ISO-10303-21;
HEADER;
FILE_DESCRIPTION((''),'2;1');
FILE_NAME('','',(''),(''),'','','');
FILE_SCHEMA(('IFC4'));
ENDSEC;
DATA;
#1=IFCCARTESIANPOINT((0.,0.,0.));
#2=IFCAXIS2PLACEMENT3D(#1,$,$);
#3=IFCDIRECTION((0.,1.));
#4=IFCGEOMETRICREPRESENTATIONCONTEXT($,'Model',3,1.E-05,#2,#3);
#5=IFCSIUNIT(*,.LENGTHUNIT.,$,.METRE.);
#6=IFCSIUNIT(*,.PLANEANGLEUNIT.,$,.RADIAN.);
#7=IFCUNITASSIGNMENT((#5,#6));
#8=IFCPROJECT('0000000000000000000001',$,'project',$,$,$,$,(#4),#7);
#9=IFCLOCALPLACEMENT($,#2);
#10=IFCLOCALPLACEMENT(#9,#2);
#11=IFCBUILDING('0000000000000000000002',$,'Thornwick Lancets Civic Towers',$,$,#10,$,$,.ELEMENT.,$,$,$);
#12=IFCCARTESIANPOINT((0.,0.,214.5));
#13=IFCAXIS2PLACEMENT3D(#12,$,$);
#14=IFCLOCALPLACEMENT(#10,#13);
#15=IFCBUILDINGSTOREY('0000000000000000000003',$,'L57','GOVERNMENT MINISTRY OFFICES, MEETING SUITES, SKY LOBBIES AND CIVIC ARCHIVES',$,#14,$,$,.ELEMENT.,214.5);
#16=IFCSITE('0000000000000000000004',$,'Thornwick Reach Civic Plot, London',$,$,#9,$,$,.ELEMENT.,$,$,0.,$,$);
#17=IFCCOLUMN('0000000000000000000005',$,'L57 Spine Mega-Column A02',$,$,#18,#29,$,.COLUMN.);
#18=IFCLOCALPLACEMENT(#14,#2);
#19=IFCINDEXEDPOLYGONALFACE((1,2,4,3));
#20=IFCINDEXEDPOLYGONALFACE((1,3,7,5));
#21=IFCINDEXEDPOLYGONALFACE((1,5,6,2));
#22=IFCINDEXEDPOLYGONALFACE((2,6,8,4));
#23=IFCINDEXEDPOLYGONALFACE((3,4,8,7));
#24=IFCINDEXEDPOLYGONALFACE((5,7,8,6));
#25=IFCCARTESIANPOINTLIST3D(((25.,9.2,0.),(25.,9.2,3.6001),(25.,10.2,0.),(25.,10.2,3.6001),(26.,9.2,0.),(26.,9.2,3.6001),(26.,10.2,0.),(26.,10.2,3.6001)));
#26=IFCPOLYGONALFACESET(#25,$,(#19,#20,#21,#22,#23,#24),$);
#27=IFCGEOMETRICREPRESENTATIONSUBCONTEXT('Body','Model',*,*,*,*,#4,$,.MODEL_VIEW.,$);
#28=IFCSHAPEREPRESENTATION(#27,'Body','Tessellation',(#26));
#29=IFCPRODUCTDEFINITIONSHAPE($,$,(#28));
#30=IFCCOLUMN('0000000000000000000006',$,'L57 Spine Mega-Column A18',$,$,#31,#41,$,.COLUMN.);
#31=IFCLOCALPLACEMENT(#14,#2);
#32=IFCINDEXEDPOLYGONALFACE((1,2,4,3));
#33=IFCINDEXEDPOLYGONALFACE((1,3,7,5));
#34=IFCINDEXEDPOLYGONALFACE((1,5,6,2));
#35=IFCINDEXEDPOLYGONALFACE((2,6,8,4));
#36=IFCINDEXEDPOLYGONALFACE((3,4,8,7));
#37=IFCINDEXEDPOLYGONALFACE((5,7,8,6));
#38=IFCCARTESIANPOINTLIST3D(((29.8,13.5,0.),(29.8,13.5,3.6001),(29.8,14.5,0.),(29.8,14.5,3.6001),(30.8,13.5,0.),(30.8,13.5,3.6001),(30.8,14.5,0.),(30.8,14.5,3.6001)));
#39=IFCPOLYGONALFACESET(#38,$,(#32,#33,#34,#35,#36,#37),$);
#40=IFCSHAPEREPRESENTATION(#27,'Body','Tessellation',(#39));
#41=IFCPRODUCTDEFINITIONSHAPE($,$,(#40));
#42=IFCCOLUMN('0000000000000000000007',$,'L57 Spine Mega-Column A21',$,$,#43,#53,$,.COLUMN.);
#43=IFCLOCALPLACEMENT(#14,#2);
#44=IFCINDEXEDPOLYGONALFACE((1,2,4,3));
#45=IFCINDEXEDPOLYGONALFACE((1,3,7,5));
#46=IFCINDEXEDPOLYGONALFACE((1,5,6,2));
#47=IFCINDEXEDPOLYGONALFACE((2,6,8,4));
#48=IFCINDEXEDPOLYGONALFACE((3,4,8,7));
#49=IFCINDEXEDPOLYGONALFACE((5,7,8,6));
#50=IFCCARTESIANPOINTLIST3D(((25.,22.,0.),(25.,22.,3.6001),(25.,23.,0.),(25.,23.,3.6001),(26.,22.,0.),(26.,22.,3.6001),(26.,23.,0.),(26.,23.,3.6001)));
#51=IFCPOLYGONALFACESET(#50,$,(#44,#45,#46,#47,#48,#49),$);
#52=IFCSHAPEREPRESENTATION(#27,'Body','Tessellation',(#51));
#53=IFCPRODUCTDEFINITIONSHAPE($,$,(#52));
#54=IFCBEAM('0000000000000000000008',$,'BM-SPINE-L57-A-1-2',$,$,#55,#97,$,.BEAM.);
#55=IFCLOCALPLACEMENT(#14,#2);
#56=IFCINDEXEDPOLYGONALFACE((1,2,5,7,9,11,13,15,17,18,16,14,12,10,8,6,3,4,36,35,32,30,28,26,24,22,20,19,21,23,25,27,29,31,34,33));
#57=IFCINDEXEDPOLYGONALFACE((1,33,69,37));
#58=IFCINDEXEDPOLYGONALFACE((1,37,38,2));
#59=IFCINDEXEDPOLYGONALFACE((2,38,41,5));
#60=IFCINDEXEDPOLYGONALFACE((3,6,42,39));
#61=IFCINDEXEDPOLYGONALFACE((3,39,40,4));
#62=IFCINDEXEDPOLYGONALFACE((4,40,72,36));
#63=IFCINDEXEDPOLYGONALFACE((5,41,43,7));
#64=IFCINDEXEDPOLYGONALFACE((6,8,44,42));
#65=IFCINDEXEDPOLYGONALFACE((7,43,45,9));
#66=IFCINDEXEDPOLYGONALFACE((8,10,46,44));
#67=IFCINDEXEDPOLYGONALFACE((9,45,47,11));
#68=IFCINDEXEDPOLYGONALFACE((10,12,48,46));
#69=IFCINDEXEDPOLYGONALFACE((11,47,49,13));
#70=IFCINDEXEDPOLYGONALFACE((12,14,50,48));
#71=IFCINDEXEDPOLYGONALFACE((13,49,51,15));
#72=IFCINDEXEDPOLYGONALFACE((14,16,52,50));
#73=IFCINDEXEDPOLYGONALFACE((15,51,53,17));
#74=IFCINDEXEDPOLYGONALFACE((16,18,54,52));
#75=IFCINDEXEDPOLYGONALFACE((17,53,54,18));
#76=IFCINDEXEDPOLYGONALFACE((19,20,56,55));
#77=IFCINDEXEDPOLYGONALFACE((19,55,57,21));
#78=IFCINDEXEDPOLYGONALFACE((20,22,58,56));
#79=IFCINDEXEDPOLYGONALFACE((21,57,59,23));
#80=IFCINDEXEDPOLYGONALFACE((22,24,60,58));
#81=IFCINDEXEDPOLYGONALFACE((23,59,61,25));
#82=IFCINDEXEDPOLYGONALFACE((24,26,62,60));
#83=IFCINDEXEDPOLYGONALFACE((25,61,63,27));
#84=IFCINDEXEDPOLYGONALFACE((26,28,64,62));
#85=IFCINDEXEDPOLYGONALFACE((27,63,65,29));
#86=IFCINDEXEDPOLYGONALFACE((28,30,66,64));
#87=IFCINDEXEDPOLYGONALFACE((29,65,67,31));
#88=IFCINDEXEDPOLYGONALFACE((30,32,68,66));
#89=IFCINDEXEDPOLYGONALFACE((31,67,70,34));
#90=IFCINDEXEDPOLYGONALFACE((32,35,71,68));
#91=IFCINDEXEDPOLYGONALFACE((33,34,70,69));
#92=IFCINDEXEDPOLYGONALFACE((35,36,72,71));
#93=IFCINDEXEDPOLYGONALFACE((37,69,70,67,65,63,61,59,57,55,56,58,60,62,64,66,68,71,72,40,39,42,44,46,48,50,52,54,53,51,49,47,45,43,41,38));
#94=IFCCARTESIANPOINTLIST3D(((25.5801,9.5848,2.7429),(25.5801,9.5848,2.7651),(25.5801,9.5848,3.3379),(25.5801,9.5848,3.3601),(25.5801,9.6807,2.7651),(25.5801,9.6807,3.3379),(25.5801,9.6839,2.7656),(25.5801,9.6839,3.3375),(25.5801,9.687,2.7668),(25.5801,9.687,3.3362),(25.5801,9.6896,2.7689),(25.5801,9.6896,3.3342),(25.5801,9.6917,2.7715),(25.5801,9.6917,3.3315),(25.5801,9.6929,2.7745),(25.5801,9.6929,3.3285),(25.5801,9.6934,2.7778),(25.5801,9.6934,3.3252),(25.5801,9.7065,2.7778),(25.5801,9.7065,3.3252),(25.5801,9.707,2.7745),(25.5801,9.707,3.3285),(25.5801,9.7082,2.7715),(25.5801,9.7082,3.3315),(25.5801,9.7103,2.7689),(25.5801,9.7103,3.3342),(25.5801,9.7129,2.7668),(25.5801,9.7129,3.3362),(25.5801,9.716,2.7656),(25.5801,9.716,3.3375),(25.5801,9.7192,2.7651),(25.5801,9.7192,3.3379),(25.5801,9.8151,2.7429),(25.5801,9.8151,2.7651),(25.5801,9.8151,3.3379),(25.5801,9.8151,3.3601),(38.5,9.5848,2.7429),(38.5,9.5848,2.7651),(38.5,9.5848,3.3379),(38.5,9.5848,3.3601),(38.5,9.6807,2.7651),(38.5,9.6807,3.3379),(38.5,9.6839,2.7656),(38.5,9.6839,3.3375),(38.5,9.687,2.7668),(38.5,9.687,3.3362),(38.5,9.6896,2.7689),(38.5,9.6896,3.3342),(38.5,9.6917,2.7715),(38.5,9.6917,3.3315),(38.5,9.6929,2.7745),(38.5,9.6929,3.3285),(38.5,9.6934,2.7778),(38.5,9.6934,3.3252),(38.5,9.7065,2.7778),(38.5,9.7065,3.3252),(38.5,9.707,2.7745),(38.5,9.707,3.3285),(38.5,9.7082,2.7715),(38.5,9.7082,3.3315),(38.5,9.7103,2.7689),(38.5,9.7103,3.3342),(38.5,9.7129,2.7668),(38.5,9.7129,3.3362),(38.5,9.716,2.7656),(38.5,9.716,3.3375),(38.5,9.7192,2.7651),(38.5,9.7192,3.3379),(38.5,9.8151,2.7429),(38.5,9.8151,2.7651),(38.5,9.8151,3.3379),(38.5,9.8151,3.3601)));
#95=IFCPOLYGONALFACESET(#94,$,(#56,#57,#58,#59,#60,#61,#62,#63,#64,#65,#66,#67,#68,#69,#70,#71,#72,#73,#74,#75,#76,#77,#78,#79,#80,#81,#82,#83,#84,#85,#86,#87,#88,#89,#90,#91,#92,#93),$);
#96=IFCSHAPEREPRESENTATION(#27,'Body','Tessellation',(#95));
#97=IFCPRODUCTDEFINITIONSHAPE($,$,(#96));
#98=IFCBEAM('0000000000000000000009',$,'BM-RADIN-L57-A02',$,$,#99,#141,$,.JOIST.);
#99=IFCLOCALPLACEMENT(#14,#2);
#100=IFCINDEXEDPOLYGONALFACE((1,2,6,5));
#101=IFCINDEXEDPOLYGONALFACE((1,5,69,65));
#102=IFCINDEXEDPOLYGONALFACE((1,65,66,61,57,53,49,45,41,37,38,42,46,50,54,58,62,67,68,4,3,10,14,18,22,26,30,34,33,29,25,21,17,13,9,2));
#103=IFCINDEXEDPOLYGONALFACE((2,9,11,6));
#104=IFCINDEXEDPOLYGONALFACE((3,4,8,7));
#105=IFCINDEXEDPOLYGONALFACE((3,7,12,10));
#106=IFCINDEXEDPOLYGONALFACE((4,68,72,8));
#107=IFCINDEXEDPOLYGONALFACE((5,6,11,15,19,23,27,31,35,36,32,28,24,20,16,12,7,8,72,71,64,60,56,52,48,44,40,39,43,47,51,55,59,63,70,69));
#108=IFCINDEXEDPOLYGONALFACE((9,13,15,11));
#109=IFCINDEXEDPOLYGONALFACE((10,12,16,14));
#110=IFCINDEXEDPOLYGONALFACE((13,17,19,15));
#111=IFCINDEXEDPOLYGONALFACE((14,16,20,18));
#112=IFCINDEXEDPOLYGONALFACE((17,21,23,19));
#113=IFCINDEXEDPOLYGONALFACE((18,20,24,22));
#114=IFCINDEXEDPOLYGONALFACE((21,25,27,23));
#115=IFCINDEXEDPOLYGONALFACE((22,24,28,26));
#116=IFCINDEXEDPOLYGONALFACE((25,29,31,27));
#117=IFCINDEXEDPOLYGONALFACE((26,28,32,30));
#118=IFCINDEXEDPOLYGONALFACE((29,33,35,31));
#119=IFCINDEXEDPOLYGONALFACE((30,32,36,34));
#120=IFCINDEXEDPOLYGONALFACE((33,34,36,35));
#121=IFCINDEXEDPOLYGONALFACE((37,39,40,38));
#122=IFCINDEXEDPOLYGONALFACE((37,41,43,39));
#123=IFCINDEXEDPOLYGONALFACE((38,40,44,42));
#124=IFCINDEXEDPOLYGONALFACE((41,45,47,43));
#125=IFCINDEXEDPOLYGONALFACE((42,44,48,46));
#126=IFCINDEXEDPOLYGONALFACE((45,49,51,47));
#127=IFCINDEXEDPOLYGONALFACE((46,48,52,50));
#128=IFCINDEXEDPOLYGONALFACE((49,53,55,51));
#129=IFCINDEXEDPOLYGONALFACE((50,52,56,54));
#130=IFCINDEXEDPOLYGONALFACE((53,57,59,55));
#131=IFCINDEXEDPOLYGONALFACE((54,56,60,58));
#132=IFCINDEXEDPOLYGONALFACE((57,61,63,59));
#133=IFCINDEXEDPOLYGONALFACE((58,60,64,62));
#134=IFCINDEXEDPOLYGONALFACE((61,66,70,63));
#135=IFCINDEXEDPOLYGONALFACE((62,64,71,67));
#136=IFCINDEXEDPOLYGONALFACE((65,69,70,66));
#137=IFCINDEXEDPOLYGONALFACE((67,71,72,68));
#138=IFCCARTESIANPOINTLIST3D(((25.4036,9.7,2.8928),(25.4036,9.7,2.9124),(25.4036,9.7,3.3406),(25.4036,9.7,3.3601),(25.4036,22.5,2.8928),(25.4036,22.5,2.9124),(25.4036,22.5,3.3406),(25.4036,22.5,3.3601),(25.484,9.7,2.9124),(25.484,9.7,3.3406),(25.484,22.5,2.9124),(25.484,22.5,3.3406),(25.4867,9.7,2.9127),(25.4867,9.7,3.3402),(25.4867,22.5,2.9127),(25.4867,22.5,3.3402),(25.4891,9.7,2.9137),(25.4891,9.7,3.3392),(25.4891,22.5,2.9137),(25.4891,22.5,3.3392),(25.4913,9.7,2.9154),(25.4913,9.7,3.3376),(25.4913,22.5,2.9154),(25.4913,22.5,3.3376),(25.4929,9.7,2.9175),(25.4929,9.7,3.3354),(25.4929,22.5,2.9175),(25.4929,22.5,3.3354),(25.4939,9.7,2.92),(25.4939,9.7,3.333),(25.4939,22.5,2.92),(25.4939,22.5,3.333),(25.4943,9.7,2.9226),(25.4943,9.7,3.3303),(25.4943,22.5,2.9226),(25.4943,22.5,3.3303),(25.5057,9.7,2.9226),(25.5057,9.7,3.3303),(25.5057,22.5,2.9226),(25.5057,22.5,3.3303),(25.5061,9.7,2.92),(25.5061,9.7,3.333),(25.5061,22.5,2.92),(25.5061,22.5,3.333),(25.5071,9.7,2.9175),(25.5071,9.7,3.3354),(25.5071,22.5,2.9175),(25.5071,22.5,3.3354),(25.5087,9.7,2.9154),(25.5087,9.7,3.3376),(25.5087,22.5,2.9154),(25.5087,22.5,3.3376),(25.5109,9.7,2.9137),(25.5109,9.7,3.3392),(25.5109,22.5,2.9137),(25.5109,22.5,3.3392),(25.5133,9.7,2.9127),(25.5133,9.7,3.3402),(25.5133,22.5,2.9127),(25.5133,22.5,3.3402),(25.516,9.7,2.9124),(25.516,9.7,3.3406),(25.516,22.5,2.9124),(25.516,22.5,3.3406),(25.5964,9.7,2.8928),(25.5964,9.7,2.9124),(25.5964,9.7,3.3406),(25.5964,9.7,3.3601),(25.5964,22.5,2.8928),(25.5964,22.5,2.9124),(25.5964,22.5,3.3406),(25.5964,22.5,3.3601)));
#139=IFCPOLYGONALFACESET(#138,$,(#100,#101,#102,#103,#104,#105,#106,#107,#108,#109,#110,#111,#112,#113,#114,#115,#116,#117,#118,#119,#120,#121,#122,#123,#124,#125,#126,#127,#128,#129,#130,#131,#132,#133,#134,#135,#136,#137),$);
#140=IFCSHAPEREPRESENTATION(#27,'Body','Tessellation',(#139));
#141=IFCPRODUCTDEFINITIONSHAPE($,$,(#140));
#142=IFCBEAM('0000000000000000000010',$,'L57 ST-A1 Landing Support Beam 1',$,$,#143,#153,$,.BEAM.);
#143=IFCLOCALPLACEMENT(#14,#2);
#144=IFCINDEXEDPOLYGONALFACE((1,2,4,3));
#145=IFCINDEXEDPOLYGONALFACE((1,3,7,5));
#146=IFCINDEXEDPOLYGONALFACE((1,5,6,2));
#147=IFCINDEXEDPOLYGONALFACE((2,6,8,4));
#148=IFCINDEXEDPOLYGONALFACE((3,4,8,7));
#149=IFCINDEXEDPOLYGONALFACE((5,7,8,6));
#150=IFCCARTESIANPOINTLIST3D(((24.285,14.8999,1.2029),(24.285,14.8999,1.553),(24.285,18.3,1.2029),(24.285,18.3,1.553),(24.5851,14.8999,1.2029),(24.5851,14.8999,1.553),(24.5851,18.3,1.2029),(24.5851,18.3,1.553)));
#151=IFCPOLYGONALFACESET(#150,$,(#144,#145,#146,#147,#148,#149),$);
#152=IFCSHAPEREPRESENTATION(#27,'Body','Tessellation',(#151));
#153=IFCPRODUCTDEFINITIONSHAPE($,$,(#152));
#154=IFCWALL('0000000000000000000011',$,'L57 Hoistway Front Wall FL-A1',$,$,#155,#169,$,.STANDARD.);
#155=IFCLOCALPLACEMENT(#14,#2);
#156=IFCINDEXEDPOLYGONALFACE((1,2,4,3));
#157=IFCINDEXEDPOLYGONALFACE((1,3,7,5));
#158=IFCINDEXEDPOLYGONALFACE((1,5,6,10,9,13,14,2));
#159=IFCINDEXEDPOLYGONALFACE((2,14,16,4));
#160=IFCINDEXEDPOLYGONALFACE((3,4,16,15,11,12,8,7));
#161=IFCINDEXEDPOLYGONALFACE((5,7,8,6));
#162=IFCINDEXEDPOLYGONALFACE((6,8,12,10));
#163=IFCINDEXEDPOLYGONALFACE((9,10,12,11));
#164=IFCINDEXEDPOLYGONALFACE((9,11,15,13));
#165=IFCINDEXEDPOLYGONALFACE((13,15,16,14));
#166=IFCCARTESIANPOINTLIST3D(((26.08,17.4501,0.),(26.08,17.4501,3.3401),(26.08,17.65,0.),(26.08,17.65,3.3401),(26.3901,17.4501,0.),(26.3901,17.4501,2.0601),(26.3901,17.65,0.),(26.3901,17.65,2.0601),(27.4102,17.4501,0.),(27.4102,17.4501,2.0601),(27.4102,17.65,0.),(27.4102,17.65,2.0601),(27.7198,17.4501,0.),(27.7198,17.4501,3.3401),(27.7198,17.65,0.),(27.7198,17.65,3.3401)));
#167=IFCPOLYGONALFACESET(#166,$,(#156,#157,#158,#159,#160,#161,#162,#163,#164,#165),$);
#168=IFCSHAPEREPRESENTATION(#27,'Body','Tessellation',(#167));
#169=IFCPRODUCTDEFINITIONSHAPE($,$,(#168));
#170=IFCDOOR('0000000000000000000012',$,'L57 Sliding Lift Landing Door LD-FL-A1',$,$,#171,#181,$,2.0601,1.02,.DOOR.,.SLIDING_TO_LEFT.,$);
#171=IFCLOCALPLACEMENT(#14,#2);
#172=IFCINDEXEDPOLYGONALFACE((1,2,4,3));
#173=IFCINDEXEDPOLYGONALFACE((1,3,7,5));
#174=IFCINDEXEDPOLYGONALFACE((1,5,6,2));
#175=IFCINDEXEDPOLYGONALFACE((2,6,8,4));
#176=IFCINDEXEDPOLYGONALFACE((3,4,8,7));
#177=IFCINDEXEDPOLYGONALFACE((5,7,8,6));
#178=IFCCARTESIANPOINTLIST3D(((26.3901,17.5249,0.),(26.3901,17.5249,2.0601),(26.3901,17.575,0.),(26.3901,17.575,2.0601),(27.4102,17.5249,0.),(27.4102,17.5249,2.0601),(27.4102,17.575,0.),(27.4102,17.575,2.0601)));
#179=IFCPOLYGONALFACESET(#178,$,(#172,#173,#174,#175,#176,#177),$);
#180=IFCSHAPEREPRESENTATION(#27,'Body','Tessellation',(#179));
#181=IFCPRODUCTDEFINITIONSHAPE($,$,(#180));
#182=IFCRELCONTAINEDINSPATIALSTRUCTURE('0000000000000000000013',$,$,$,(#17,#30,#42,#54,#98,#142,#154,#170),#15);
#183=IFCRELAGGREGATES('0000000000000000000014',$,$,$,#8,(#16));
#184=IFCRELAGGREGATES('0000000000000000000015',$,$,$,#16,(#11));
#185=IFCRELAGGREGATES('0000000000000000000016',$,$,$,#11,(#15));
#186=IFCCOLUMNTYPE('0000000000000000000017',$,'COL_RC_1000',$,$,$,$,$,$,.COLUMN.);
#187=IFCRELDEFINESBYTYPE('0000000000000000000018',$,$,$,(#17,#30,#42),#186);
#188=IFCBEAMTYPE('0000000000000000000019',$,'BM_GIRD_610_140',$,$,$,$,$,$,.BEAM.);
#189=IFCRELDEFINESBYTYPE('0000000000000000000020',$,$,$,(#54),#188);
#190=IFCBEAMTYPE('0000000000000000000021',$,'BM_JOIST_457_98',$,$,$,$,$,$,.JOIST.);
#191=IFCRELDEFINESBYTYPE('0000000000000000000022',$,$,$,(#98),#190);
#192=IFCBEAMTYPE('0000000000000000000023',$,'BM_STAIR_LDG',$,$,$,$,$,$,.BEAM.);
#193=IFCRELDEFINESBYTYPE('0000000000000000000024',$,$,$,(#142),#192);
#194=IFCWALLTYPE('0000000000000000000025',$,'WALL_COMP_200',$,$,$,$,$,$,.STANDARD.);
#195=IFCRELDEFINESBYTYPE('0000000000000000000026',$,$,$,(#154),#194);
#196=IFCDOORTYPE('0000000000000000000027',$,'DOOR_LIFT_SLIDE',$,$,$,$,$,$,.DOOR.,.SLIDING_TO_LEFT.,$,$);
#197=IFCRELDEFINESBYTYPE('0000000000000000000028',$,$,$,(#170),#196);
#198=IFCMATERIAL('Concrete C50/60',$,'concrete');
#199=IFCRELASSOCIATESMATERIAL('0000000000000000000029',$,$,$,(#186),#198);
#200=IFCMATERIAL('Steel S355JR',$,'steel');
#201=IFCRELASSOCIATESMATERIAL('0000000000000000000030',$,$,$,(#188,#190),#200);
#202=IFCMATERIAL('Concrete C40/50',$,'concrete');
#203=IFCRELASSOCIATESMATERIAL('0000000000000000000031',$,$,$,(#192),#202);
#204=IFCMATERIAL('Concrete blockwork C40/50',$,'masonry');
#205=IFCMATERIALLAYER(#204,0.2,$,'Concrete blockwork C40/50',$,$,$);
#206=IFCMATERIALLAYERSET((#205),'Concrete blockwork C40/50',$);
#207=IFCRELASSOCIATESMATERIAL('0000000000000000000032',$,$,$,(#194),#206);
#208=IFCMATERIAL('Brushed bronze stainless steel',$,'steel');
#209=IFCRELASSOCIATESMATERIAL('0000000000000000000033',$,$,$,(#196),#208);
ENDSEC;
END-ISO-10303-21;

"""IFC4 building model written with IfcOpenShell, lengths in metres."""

from ifc_helpers import new_model, si_unit, direction, frame, frame_2d, origin, origin_2d, place, context, subcontext, project, spatial, rectangle, i_section, extrude, material, layer, layer_set, material_profile, profile_set, type_object, element, fill, save


model = new_model("IFC4")

# Units and contexts
model_context = context("Model", 3, precision=1e-05, world=origin(), true_north=direction((0.0, 1.0)))
body_context = subcontext(model_context, "Body", "Model", "MODEL_VIEW")
ifc_project = project(units=[si_unit("LENGTHUNIT", "METRE"), si_unit("PLANEANGLEUNIT", "RADIAN")], contexts=[model_context])

# Site, building, storey
site_placement = place(None, origin())
site = spatial("IfcSite", under=ifc_project, at=site_placement, Name="Thornwick Reach Civic Plot, London", CompositionType="ELEMENT", RefElevation=0.0)
building_placement = place(site_placement, origin())
building = spatial("IfcBuilding", under=site, at=building_placement, Name="Thornwick Lancets Civic Towers", CompositionType="ELEMENT")
storey_placement = place(building_placement, frame((0.0, 0.0, 214.5)))
storey = spatial("IfcBuildingStorey", under=building, at=storey_placement, Name="L57", Description="GOVERNMENT MINISTRY OFFICES, MEETING SUITES, SKY LOBBIES AND CIVIC ARCHIVES", CompositionType="ELEMENT", Elevation=214.5)

# Columns
ifc_material_1 = material(Name="Concrete C50/60", Category="concrete")
ifc_material_profile_1 = material_profile(ifc_material_1, rectangle(XDim=1.0, YDim=1.0, at=origin_2d()), Name="RC 1000x1000")
ifc_profile_set_1 = profile_set([ifc_material_profile_1], Name="Concrete C50/60")
column_type = type_object("IfcColumnType", Name="COL_RC_1000", PredefinedType="COLUMN", material=ifc_profile_set_1)
for number, where, z_axis, x_axis, name in (
    (1, (25.5, 9.7, 0.0), (0.0, 0.0, 1.0), (1.0, 0.0, 0.0), "L57 Spine Mega-Column A02"),
    (2, (30.3, 14.0, 0.0), (0.0, 0.0, 1.0), (1.0, 0.0, 0.0), "L57 Spine Mega-Column A18"),
    (3, (25.5, 22.5, 0.0), (0.0, 0.0, 1.0), (1.0, 0.0, 0.0), "L57 Spine Mega-Column A21"),
):
    element("IfcColumn", number, at=place(storey_placement, frame(where, z_axis=z_axis, x_axis=x_axis)), inside=storey, type_object=column_type, Name=name, PredefinedType="COLUMN", context=body_context, shape_type="SweptSolid", body=[
        extrude(rectangle(XDim=1.0, YDim=1.0, at=origin_2d()), origin(), (0.0, 0.0, 1.0), 3.6001),
    ])

# Beams
ifc_material_2 = material(Name="Steel S355JR", Category="steel")
ifc_material_profile_2 = material_profile(ifc_material_2, i_section(OverallWidth=0.2302, OverallDepth=0.6172, WebThickness=0.0132, FlangeThickness=0.0222, FilletRadius=0.0127, at=origin_2d()), Name="UKB 610x229x140")
ifc_profile_set_2 = profile_set([ifc_material_profile_2], Name="Steel S355JR")
beam_type_1 = type_object("IfcBeamType", Name="BM_GIRD_610_140", PredefinedType="BEAM", material=ifc_profile_set_2)
beam_1_placement = place(storey_placement, frame((25.5801, 9.7, 3.0515), z_axis=(1.0, 0.0, 0.0), x_axis=(0.0, 1.0, 0.0)))
element("IfcBeam", 4, at=beam_1_placement, inside=storey, type_object=beam_type_1, Name="BM-SPINE-L57-A-1-2", PredefinedType="BEAM", context=body_context, shape_type="SweptSolid", body=[
    extrude(i_section(OverallWidth=0.2302, OverallDepth=0.6172, WebThickness=0.0132, FlangeThickness=0.0222, FilletRadius=0.0127, at=origin_2d()), origin(), (0.0, 0.0, 1.0), 12.9199),
])
ifc_material_profile_3 = material_profile(ifc_material_2, i_section(OverallWidth=0.1929, OverallDepth=0.4673, WebThickness=0.0115, FlangeThickness=0.0195, FilletRadius=0.0103, at=origin_2d()), Name="UKB 457x191x98")
ifc_profile_set_3 = profile_set([ifc_material_profile_3], Name="Steel S355JR")
beam_type_2 = type_object("IfcBeamType", Name="BM_JOIST_457_98", PredefinedType="JOIST", material=ifc_profile_set_3)
beam_2_placement = place(storey_placement, frame((25.5, 22.5, 3.1265), z_axis=(0.0, -1.0, 0.0), x_axis=(1.0, 0.0, 0.0)))
element("IfcBeam", 5, at=beam_2_placement, inside=storey, type_object=beam_type_2, Name="BM-RADIN-L57-A02", PredefinedType="JOIST", context=body_context, shape_type="SweptSolid", body=[
    extrude(i_section(OverallWidth=0.1929, OverallDepth=0.4673, WebThickness=0.0115, FlangeThickness=0.0195, FilletRadius=0.0103, at=origin_2d()), origin(), (0.0, 0.0, 1.0), 12.8),
])
ifc_material_3 = material(Name="Concrete C40/50", Category="concrete")
ifc_material_profile_4 = material_profile(ifc_material_3, rectangle(XDim=0.3, YDim=0.3501, at=origin_2d()), Name="RC 300x350")
ifc_profile_set_4 = profile_set([ifc_material_profile_4], Name="Concrete C40/50")
beam_type_3 = type_object("IfcBeamType", Name="BM_STAIR_LDG", PredefinedType="BEAM", material=ifc_profile_set_4)
beam_3_placement = place(storey_placement, frame((24.4351, 14.8999, 1.3779), z_axis=(0.0, 1.0, 0.0), x_axis=(-1.0, 0.0, 0.0)))
element("IfcBeam", 6, at=beam_3_placement, inside=storey, type_object=beam_type_3, Name="L57 ST-A1 Landing Support Beam 1", PredefinedType="BEAM", context=body_context, shape_type="SweptSolid", body=[
    extrude(rectangle(XDim=0.3, YDim=0.3501, at=origin_2d()), origin(), (0.0, 0.0, 1.0), 3.4001),
])

# Wall, opening, door
ifc_material_4 = material(Name="Concrete blockwork C40/50", Category="masonry")
ifc_layer_1 = layer(ifc_material_4, 0.2, Name="Concrete blockwork C40/50")
ifc_layer_set_1 = layer_set([ifc_layer_1], Name="Concrete blockwork C40/50")
wall_type_1 = type_object("IfcWallType", Name="WALL_COMP_200", PredefinedType="STANDARD", material=ifc_layer_set_1)
wall_1_placement = place(storey_placement, frame((26.0801, 17.55, 0.0), z_axis=(0.0, 0.0, 1.0), x_axis=(1.0, 0.0, 0.0)))
wall_1 = element("IfcWall", 7, at=wall_1_placement, inside=storey, type_object=wall_type_1, Name="L57 Hoistway Front Wall FL-A1", PredefinedType="STANDARD", context=body_context, shape_type="SweptSolid", body=[
    extrude(rectangle(XDim=1.6399, YDim=0.2, at=frame_2d((0.8198, 0.0))), origin(), (0.0, 0.0, 1.0), 3.3401),
])
opening_1_placement = place(wall_1_placement, frame((0.3101, 0.0, 0.0)))
opening_1 = element("IfcOpeningElement", 8, at=opening_1_placement, cuts=wall_1, PredefinedType="OPENING", context=body_context, shape_type="SweptSolid", body=[
    extrude(rectangle(XDim=1.02, YDim=2.0601, at=frame_2d((0.51, 1.03))), frame((0.0, 0.1099, 0.0), z_axis=(0.0, -1.0, 0.0), x_axis=(1.0, 0.0, 0.0)), (0.0, 0.0, 1.0), 0.22),
])
ifc_material_5 = material(Name="Brushed bronze stainless steel", Category="steel")
door_type_1 = type_object("IfcDoorType", Name="DOOR_LIFT_SLIDE", OperationType="SLIDING_TO_LEFT", PredefinedType="DOOR", material=ifc_material_5)
door_1_placement = place(opening_1_placement, origin())
door_1 = element("IfcDoor", 9, at=door_1_placement, inside=storey, type_object=door_type_1, Name="L57 Sliding Lift Landing Door LD-FL-A1", OperationType="SLIDING_TO_LEFT", OverallHeight=2.0601, OverallWidth=1.02, PredefinedType="DOOR", context=body_context, shape_type="SweptSolid", body=[
    extrude(rectangle(XDim=1.02, YDim=2.0601, at=frame_2d((0.51, 1.03))), frame((0.0, 0.0249, 0.0), z_axis=(0.0, -1.0, 0.0), x_axis=(1.0, 0.0, 0.0)), (0.0, 0.0, 1.0), 0.05),
])
fill(opening_1, door_1)

save(model, "model.ifc")
